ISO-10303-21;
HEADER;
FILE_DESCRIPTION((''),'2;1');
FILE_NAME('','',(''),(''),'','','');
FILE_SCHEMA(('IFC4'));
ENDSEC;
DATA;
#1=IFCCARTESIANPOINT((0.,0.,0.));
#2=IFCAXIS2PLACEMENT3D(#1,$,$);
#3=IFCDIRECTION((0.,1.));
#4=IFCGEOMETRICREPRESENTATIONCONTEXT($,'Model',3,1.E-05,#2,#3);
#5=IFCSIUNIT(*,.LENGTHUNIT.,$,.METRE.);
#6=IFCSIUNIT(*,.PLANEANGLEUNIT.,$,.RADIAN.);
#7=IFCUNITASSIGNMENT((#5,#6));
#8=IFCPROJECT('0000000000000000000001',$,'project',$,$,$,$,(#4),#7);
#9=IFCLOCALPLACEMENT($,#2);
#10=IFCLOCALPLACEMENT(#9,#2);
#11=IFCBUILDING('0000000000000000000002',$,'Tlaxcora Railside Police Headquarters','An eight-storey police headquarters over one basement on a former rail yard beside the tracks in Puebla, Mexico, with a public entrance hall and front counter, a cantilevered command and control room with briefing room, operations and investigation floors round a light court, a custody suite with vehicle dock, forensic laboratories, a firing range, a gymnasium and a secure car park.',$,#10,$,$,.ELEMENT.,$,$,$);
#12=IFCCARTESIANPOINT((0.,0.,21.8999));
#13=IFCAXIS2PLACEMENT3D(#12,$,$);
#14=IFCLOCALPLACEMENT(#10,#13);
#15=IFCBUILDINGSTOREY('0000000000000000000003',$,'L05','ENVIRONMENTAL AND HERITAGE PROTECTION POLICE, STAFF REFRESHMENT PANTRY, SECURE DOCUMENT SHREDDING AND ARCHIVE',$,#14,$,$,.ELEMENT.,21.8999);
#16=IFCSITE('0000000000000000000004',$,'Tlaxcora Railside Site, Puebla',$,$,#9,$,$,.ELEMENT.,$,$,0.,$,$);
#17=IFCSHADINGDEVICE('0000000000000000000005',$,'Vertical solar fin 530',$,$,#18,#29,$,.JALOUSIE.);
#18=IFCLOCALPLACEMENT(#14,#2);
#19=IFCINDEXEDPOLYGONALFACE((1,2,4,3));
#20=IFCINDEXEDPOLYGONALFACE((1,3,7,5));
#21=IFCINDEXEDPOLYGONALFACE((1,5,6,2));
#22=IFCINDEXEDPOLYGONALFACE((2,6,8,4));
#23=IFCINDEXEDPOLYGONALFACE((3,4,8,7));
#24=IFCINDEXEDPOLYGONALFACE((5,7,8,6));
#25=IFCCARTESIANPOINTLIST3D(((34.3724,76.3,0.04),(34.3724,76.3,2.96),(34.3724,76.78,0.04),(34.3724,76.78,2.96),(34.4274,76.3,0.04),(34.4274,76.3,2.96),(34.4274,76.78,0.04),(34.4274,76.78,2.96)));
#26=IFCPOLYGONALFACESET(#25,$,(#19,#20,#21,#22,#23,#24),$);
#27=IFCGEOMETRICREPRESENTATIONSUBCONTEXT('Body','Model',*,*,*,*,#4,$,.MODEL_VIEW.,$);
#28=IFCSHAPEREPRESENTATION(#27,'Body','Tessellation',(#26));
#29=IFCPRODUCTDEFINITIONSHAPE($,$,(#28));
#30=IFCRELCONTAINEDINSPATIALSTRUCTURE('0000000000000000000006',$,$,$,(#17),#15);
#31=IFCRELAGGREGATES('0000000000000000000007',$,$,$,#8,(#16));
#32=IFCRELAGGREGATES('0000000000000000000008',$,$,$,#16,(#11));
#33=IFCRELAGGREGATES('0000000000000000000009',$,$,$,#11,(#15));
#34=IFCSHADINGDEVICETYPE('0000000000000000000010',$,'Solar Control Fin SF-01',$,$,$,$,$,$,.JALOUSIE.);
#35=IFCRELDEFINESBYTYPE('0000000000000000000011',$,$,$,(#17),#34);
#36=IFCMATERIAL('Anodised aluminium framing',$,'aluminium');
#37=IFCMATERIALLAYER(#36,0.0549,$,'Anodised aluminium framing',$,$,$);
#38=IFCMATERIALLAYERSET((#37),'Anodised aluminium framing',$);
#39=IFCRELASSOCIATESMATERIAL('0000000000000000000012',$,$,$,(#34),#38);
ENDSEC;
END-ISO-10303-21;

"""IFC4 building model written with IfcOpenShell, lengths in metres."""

from ifc_helpers import new_model, si_unit, direction, frame, origin, origin_2d, place, context, subcontext, project, spatial, rectangle, extrude, material, layer, layer_set, type_object, element, save


model = new_model("IFC4")

# Units and contexts
model_context = context("Model", 3, precision=1e-05, world=origin(), true_north=direction((0.0, 1.0)))
body_context = subcontext(model_context, "Body", "Model", "MODEL_VIEW")
ifc_project = project(units=[si_unit("LENGTHUNIT", "METRE"), si_unit("PLANEANGLEUNIT", "RADIAN")], contexts=[model_context])

# Site, building, storey
site_placement = place(None, origin())
site = spatial("IfcSite", under=ifc_project, at=site_placement, Name="Tlaxcora Railside Site, Puebla", CompositionType="ELEMENT", RefElevation=0.0)
building_placement = place(site_placement, origin())
building = spatial("IfcBuilding", under=site, at=building_placement, Name="Tlaxcora Railside Police Headquarters", Description="An eight-storey police headquarters over one basement on a former rail yard beside the tracks in Puebla, Mexico, with a public entrance hall and front counter, a cantilevered command and control room with briefing room, operations and investigation floors round a light court, a custody suite with vehicle dock, forensic laboratories, a firing range, a gymnasium and a secure car park.", CompositionType="ELEMENT")
storey_placement = place(building_placement, frame((0.0, 0.0, 21.8999)))
storey = spatial("IfcBuildingStorey", under=building, at=storey_placement, Name="L05", Description="ENVIRONMENTAL AND HERITAGE PROTECTION POLICE, STAFF REFRESHMENT PANTRY, SECURE DOCUMENT SHREDDING AND ARCHIVE", CompositionType="ELEMENT", Elevation=21.8999)

# Shared definitions
ifc_material_1 = material(Name="Anodised aluminium framing", Category="aluminium")

# Shading device
ifc_layer_1 = layer(ifc_material_1, 0.0549, Name="Anodised aluminium framing")
ifc_layer_set_1 = layer_set([ifc_layer_1], Name="Anodised aluminium framing")
shading_device_type = type_object("IfcShadingDeviceType", Name="Solar Control Fin SF-01", PredefinedType="JALOUSIE", material=ifc_layer_set_1)
for number, where, z_axis, x_axis, name in (
    (1, (34.3999, 76.54, 0.04), (0.0, 0.0, 1.0), (0.0, -1.0, 0.0), "Vertical solar fin 530"),
):
    element("IfcShadingDevice", number, at=place(storey_placement, frame(where, z_axis=z_axis, x_axis=x_axis)), inside=storey, type_object=shading_device_type, Name=name, PredefinedType="JALOUSIE", context=body_context, shape_type="SweptSolid", body=[
        extrude(rectangle(XDim=0.48, YDim=0.0549, at=origin_2d()), origin(), (0.0, 0.0, 1.0), 2.9199),
    ])

save(model, "model.ifc")
